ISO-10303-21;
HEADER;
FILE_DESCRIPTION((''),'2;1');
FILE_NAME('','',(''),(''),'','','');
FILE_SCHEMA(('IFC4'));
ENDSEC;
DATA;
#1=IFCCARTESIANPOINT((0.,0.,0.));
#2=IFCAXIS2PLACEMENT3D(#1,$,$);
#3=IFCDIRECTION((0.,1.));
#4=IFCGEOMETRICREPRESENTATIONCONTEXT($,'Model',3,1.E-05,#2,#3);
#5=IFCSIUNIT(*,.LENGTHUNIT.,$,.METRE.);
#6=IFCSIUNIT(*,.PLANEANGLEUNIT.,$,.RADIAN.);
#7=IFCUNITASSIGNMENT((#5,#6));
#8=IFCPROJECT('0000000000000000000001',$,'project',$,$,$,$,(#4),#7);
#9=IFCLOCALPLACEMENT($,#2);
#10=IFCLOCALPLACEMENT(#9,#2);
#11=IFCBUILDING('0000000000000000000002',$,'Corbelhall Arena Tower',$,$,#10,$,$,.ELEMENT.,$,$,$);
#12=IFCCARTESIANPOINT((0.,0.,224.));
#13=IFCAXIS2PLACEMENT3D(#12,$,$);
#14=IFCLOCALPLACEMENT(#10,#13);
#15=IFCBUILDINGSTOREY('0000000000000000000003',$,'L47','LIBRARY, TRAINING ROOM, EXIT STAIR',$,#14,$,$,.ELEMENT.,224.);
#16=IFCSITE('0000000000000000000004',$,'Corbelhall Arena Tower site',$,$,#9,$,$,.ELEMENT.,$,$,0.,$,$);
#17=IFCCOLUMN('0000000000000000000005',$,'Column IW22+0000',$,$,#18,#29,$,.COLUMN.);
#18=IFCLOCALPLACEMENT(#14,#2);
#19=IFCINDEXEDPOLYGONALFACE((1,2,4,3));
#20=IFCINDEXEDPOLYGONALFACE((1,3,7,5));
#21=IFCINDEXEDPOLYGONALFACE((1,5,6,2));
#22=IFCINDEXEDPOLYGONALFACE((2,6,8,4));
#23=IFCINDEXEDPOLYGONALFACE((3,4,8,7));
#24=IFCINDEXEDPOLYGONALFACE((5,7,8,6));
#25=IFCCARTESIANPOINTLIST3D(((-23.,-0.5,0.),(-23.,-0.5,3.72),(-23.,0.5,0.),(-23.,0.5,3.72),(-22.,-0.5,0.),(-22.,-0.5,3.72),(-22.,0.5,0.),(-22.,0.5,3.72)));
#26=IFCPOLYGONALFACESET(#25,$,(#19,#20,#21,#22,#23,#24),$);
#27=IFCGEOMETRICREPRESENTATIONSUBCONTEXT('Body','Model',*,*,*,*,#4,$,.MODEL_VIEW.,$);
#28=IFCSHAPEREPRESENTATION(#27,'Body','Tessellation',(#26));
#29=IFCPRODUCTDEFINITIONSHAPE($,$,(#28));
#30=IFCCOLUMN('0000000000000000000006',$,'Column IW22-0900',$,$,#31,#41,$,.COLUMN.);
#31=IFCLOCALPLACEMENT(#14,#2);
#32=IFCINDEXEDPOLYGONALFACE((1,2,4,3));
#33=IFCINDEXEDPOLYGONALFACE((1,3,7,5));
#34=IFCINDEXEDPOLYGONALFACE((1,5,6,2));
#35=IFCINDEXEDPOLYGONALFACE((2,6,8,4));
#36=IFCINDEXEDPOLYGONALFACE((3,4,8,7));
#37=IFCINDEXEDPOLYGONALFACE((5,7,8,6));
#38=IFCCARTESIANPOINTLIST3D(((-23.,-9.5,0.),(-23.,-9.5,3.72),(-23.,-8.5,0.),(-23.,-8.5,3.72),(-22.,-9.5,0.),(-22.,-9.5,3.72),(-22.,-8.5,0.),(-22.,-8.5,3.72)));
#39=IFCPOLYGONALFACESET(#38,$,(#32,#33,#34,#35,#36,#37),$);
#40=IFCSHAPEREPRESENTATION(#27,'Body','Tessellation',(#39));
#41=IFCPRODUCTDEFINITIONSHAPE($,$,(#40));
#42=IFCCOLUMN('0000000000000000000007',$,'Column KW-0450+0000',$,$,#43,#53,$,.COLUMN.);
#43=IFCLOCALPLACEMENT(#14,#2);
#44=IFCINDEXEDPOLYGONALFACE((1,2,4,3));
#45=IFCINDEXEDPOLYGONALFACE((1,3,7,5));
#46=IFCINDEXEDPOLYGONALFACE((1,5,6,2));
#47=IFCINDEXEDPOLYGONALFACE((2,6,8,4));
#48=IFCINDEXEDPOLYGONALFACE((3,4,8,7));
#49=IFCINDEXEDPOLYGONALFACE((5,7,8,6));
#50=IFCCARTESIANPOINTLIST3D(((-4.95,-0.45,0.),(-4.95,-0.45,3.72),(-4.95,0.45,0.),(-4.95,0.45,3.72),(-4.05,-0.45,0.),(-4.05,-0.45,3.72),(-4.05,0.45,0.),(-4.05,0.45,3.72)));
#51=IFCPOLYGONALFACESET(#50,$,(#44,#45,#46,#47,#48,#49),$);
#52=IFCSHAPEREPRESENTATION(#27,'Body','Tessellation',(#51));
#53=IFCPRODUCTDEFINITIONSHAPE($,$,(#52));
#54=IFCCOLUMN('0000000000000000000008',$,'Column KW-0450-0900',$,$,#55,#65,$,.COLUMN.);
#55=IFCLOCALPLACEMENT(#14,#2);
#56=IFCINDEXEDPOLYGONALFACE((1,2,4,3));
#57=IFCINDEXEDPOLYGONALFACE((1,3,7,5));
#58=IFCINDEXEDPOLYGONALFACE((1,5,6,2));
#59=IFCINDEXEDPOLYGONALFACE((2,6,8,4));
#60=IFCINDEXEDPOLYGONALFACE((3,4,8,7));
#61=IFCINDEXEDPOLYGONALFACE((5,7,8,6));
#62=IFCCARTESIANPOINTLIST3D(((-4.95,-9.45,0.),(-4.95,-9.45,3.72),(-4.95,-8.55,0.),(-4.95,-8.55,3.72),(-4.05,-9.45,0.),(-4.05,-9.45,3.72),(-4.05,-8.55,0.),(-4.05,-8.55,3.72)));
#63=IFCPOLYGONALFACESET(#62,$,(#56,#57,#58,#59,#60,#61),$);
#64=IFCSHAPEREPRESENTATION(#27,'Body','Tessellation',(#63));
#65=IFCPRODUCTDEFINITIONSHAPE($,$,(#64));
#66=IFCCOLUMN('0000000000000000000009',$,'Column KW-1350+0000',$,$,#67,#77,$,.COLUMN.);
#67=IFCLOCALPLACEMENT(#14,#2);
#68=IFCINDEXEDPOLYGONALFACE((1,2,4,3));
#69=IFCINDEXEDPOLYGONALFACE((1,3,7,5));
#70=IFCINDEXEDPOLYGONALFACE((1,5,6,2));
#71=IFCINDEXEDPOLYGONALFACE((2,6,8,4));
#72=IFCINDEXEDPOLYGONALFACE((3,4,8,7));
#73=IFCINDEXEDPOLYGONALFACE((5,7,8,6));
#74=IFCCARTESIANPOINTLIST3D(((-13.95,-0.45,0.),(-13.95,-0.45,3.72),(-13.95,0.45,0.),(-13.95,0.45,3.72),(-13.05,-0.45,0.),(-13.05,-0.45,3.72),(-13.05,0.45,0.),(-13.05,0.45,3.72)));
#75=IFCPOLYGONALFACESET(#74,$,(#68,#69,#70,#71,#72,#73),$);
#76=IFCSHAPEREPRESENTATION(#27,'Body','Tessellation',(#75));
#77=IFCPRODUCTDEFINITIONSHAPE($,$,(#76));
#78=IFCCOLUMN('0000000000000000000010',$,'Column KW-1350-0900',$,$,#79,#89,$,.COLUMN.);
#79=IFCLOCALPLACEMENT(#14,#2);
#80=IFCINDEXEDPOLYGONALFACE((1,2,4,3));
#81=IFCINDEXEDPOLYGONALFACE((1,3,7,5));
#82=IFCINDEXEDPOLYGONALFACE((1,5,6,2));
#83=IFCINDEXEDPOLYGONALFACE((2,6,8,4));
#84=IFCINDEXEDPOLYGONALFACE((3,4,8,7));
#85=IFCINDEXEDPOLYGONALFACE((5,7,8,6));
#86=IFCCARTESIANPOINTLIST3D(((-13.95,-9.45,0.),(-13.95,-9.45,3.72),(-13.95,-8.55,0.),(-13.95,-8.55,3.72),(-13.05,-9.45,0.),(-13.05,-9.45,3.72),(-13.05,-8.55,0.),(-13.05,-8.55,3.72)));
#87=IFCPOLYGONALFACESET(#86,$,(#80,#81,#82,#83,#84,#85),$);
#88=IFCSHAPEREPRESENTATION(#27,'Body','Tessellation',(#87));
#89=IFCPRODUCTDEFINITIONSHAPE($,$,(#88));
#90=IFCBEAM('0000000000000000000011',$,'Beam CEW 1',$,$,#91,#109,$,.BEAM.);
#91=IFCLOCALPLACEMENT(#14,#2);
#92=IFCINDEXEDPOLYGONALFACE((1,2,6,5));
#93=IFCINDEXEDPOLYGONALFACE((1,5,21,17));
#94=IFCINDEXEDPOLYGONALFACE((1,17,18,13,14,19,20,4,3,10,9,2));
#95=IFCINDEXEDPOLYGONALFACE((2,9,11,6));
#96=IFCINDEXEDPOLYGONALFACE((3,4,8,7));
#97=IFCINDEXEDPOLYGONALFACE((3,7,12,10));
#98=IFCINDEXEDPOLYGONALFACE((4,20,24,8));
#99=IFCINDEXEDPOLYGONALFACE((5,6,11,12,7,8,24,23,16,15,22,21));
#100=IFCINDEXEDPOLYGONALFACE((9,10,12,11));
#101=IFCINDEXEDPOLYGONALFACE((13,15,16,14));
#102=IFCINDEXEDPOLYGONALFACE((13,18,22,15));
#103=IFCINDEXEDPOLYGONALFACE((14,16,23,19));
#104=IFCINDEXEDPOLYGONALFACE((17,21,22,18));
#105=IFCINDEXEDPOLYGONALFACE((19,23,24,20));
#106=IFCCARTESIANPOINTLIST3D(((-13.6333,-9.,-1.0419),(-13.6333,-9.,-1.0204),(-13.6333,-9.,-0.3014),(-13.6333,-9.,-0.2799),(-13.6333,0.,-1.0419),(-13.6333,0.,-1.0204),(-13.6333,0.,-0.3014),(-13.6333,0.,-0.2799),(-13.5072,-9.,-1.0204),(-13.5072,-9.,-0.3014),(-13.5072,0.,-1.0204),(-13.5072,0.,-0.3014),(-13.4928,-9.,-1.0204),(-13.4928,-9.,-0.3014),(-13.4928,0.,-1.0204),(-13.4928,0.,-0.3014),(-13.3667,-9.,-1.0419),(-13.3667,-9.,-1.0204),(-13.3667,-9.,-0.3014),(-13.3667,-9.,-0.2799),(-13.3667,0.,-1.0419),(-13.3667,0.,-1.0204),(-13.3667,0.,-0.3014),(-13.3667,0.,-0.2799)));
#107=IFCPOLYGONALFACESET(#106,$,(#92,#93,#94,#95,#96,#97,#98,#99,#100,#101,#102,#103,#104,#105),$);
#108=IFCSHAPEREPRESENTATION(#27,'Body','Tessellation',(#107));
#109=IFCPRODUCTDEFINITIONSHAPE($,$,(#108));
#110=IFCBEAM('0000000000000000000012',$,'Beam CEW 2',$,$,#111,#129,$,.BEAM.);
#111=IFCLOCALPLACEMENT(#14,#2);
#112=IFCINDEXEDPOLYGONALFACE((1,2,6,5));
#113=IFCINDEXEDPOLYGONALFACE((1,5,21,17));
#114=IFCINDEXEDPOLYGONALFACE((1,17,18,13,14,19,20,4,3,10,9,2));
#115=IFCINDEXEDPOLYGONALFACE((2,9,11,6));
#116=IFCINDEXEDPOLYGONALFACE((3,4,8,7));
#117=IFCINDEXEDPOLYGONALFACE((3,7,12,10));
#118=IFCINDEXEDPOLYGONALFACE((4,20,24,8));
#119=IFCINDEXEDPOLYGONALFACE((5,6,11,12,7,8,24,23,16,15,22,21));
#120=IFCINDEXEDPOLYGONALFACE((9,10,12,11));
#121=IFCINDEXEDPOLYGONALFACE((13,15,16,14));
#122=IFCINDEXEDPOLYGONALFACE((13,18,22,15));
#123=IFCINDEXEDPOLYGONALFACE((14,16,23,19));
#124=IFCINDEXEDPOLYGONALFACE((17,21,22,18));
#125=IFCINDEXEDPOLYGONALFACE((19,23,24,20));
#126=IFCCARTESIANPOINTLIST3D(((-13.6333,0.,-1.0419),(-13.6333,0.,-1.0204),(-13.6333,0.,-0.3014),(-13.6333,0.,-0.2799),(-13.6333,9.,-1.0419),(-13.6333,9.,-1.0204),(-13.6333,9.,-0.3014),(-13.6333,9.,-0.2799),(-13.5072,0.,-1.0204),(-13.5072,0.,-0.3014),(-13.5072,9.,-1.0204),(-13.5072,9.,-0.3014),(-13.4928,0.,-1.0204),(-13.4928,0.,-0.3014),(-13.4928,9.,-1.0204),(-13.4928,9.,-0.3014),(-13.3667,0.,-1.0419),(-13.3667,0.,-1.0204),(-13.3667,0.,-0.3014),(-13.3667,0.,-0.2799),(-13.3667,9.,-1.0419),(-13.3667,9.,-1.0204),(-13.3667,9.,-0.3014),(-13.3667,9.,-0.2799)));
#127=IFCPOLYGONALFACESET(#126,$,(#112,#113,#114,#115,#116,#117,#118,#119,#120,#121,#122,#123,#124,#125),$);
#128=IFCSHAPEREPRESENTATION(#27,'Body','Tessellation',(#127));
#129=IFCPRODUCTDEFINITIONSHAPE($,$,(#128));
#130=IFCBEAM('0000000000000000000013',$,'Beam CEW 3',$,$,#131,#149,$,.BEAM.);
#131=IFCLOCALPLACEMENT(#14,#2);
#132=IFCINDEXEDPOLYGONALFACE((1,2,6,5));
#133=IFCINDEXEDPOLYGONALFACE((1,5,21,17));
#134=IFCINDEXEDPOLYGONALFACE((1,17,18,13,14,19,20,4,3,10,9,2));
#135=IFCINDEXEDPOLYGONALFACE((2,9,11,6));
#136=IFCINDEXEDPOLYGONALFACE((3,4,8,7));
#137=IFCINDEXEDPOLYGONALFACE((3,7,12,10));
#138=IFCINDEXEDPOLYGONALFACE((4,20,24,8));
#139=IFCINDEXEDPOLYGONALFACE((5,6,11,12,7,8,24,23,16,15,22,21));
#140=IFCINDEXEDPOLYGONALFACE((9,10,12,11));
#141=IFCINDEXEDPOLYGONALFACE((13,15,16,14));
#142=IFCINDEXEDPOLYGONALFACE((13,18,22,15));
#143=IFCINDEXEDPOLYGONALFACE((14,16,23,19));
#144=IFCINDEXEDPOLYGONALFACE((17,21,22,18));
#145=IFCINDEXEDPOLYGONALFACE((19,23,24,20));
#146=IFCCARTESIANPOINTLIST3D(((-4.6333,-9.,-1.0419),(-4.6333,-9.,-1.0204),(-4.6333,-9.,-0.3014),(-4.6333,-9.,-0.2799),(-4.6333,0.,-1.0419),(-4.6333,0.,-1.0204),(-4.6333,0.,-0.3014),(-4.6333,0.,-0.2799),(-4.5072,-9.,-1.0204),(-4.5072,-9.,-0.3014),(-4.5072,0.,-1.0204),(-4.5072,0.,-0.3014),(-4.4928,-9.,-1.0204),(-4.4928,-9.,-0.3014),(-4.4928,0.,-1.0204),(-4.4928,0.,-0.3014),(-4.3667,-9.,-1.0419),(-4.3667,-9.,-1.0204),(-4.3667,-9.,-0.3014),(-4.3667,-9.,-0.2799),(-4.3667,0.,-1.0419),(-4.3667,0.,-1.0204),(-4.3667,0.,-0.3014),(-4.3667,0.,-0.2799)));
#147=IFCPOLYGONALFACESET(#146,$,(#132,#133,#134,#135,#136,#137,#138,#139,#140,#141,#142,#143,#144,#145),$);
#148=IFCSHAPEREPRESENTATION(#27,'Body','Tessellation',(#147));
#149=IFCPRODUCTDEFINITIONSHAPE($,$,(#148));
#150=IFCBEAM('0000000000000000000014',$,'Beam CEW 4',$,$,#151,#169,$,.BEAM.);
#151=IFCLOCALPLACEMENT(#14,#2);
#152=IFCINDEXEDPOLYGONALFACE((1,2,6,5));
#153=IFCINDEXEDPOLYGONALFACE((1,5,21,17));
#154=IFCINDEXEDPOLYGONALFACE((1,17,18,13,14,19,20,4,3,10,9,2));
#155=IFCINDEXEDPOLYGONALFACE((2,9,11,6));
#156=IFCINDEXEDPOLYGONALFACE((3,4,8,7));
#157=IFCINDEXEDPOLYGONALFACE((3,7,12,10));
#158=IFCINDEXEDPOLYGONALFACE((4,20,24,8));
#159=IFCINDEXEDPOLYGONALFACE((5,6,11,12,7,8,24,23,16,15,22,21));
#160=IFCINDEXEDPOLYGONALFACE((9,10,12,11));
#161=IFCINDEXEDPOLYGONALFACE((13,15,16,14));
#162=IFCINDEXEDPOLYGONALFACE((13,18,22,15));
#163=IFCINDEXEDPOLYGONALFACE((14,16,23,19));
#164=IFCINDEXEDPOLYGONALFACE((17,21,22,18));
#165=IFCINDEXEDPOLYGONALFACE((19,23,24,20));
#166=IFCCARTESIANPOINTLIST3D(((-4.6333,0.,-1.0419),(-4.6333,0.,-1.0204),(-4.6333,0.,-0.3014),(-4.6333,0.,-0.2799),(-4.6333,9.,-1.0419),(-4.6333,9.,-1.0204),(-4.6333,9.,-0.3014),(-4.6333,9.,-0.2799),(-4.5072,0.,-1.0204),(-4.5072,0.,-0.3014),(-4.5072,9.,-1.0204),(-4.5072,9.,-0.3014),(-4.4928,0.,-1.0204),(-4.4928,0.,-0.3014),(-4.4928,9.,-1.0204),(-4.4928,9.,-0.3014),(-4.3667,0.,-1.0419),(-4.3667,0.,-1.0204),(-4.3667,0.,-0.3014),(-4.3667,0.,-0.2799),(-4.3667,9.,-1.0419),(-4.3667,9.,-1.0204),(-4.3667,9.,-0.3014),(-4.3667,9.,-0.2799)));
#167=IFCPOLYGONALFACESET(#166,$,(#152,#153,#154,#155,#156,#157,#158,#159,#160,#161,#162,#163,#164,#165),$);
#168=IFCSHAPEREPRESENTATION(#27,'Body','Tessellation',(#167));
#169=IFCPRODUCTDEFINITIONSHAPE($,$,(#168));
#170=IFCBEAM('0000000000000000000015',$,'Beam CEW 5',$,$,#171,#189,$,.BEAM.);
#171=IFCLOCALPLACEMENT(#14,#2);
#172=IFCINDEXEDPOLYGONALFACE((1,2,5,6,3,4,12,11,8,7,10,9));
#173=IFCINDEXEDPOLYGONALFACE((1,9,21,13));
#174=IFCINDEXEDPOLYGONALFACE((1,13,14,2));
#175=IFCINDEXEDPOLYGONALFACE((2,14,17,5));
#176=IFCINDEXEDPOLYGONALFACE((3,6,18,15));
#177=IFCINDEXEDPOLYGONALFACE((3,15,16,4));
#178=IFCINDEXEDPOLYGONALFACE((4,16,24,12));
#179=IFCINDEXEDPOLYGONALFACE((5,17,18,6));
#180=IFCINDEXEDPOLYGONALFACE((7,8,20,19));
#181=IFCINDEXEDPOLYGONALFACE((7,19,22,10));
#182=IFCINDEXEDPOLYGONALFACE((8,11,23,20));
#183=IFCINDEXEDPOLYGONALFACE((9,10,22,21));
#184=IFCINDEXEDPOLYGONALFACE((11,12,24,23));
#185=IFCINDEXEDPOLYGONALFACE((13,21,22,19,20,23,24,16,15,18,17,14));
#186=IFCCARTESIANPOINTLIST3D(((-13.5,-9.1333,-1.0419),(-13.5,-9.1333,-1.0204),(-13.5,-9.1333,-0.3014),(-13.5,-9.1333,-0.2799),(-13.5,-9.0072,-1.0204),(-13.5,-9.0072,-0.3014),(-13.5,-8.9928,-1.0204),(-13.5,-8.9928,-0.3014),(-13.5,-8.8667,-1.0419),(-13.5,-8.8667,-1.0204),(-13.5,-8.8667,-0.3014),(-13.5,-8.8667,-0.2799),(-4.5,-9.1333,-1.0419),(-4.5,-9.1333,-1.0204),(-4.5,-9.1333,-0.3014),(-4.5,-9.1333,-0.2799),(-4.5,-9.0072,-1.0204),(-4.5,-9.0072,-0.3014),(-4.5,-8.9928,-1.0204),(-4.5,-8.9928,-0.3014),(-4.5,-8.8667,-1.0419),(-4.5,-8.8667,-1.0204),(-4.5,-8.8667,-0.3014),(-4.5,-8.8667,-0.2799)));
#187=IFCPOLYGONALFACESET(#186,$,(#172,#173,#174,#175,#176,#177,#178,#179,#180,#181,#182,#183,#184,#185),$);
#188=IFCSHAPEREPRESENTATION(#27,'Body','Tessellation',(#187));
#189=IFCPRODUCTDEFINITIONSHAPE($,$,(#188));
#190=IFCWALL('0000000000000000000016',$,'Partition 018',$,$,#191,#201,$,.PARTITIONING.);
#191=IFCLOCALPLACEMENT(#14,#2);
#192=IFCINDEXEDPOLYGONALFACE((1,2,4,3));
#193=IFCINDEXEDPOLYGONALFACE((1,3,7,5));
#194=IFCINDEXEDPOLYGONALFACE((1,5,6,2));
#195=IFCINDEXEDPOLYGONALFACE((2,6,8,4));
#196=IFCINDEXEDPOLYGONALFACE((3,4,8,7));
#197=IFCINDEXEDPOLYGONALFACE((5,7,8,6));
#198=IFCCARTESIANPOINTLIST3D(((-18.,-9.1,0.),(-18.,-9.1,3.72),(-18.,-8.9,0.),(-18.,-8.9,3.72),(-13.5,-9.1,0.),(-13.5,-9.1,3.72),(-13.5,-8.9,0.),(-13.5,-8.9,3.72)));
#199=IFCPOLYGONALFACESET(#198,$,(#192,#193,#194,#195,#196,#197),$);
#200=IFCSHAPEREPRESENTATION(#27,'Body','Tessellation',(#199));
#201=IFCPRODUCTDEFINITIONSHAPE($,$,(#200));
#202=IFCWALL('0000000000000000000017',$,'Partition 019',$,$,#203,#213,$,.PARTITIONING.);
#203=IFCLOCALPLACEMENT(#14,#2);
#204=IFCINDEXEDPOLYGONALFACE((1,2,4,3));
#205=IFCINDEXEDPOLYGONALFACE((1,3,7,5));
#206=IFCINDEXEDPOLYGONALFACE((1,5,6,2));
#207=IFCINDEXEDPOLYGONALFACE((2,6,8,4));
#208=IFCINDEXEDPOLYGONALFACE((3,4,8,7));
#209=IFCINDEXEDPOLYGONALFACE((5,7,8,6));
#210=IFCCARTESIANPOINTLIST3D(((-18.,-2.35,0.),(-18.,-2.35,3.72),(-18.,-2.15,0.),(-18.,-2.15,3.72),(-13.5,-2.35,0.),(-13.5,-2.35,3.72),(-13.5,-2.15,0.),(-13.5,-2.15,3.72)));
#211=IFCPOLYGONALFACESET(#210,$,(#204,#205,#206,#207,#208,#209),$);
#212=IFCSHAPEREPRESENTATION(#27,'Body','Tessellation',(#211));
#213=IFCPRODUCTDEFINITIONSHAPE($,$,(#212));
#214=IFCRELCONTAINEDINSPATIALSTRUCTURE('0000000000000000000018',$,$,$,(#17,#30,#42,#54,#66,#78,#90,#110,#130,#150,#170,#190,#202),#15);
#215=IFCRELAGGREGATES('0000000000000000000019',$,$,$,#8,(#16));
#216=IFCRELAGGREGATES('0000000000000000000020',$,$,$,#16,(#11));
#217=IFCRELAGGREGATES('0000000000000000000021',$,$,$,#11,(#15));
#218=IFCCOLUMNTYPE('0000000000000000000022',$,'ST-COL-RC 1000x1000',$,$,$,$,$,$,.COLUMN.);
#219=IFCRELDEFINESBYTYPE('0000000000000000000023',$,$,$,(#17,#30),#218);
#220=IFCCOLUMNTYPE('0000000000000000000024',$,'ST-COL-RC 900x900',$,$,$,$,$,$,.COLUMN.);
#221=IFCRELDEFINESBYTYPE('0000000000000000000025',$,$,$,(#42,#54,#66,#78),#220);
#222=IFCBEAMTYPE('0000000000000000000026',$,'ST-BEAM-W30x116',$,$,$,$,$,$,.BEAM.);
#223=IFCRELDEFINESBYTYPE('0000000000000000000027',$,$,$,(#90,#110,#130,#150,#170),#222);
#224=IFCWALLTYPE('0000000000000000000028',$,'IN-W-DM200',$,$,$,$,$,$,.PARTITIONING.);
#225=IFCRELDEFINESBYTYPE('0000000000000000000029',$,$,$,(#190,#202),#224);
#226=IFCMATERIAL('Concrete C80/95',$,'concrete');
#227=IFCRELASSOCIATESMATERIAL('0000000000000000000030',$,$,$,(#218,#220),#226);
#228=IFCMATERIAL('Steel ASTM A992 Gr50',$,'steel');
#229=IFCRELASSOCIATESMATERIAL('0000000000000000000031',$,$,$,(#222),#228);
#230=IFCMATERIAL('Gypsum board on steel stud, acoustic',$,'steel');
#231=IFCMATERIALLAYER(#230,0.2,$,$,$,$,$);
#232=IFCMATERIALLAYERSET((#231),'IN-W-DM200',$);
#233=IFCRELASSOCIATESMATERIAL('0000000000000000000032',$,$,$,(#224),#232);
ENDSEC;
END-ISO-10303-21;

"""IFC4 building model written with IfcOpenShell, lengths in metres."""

from ifc_helpers import new_model, si_unit, direction, frame, frame_2d, origin, origin_2d, place, context, subcontext, project, spatial, rectangle, i_section, extrude, material, layer, layer_set, material_profile, profile_set, type_object, element, save


model = new_model("IFC4")

# Units and contexts
model_context = context("Model", 3, precision=1e-05, world=origin(), true_north=direction((0.0, 1.0)))
body_context = subcontext(model_context, "Body", "Model", "MODEL_VIEW")
ifc_project = project(units=[si_unit("LENGTHUNIT", "METRE"), si_unit("PLANEANGLEUNIT", "RADIAN")], contexts=[model_context])

# Site, building, storey
site_placement = place(None, origin())
site = spatial("IfcSite", under=ifc_project, at=site_placement, Name="Corbelhall Arena Tower site", CompositionType="ELEMENT", RefElevation=0.0)
building_placement = place(site_placement, origin())
building = spatial("IfcBuilding", under=site, at=building_placement, Name="Corbelhall Arena Tower", CompositionType="ELEMENT")
storey_placement = place(building_placement, frame((0.0, 0.0, 224.0)))
storey = spatial("IfcBuildingStorey", under=building, at=storey_placement, Name="L47", Description="LIBRARY, TRAINING ROOM, EXIT STAIR", CompositionType="ELEMENT", Elevation=224.0)

# Columns
ifc_material_1 = material(Name="Concrete C80/95", Category="concrete")
ifc_material_profile_1 = material_profile(ifc_material_1, rectangle(XDim=1.0, YDim=1.0, at=origin_2d()))
ifc_profile_set_1 = profile_set([ifc_material_profile_1], Name="Concrete C80/95")
column_type_1 = type_object("IfcColumnType", Name="ST-COL-RC 1000x1000", PredefinedType="COLUMN", material=ifc_profile_set_1)
for number, where, z_axis, x_axis, name in (
    (1, (-22.5, 0.0, 0.0), (0.0, 0.0, 1.0), (1.0, 0.0, 0.0), "Column IW22+0000"),
    (2, (-22.5, -9.0, 0.0), (0.0, 0.0, 1.0), (1.0, 0.0, 0.0), "Column IW22-0900"),
):
    element("IfcColumn", number, at=place(storey_placement, frame(where, z_axis=z_axis, x_axis=x_axis)), inside=storey, type_object=column_type_1, Name=name, PredefinedType="COLUMN", context=body_context, shape_type="SweptSolid", body=[
        extrude(rectangle(XDim=1.0, YDim=1.0, at=origin_2d()), origin(), (0.0, 0.0, 1.0), 3.72),
    ])
ifc_material_profile_2 = material_profile(ifc_material_1, rectangle(XDim=0.8999, YDim=0.8999, at=origin_2d()))
ifc_profile_set_2 = profile_set([ifc_material_profile_2], Name="Concrete C80/95")
column_type_2 = type_object("IfcColumnType", Name="ST-COL-RC 900x900", PredefinedType="COLUMN", material=ifc_profile_set_2)
for number, where, z_axis, x_axis, name in (
    (3, (-4.5, 0.0, 0.0), (0.0, 0.0, 1.0), (1.0, 0.0, 0.0), "Column KW-0450+0000"),
    (4, (-4.5, -9.0, 0.0), (0.0, 0.0, 1.0), (1.0, 0.0, 0.0), "Column KW-0450-0900"),
    (5, (-13.5, 0.0, 0.0), (0.0, 0.0, 1.0), (1.0, 0.0, 0.0), "Column KW-1350+0000"),
    (6, (-13.5, -9.0, 0.0), (0.0, 0.0, 1.0), (1.0, 0.0, 0.0), "Column KW-1350-0900"),
):
    element("IfcColumn", number, at=place(storey_placement, frame(where, z_axis=z_axis, x_axis=x_axis)), inside=storey, type_object=column_type_2, Name=name, PredefinedType="COLUMN", context=body_context, shape_type="SweptSolid", body=[
        extrude(rectangle(XDim=0.8999, YDim=0.8999, at=origin_2d()), origin(), (0.0, 0.0, 1.0), 3.72),
    ])

# Beams
ifc_material_2 = material(Name="Steel ASTM A992 Gr50", Category="steel")
ifc_material_profile_3 = material_profile(ifc_material_2, i_section(OverallWidth=0.2666, OverallDepth=0.762, WebThickness=0.0144, FlangeThickness=0.0215, at=origin_2d()))
ifc_profile_set_3 = profile_set([ifc_material_profile_3], Name="Steel ASTM A992 Gr50")
beam_type = type_object("IfcBeamType", Name="ST-BEAM-W30x116", PredefinedType="BEAM", material=ifc_profile_set_3)
for number, where, z_axis, x_axis, name in (
    (7, (-13.5, -9.0, -0.6609), (0.0, 1.0, 0.0), (-1.0, 0.0, 0.0), "Beam CEW 1"),
    (8, (-13.5, 0.0, -0.6609), (0.0, 1.0, 0.0), (-1.0, 0.0, 0.0), "Beam CEW 2"),
    (9, (-4.5, -9.0, -0.6609), (0.0, 1.0, 0.0), (-1.0, 0.0, 0.0), "Beam CEW 3"),
    (10, (-4.5, 0.0, -0.6609), (0.0, 1.0, 0.0), (-1.0, 0.0, 0.0), "Beam CEW 4"),
    (11, (-13.5, -9.0, -0.6609), (1.0, 0.0, 0.0), (0.0, 1.0, 0.0), "Beam CEW 5"),
):
    element("IfcBeam", number, at=place(storey_placement, frame(where, z_axis=z_axis, x_axis=x_axis)), inside=storey, type_object=beam_type, Name=name, PredefinedType="BEAM", context=body_context, shape_type="SweptSolid", body=[
        extrude(i_section(OverallWidth=0.2666, OverallDepth=0.762, WebThickness=0.0144, FlangeThickness=0.0215, at=origin_2d()), origin(), (0.0, 0.0, 1.0), 9.0),
    ])

# Walls
ifc_material_3 = material(Name="Gypsum board on steel stud, acoustic", Category="steel")
ifc_layer_1 = layer(ifc_material_3, 0.2)
ifc_layer_set_1 = layer_set([ifc_layer_1], Name="IN-W-DM200")
wall_type_1 = type_object("IfcWallType", Name="IN-W-DM200", PredefinedType="PARTITIONING", material=ifc_layer_set_1)
for number, where, z_axis, x_axis, name in (
    (12, (-18.0, -9.0, 0.0), (0.0, 0.0, 1.0), (1.0, 0.0, 0.0), "Partition 018"),
    (13, (-18.0, -2.25, 0.0), (0.0, 0.0, 1.0), (1.0, 0.0, 0.0), "Partition 019"),
):
    element("IfcWall", number, at=place(storey_placement, frame(where, z_axis=z_axis, x_axis=x_axis)), inside=storey, type_object=wall_type_1, Name=name, PredefinedType="PARTITIONING", context=body_context, shape_type="SweptSolid", body=[
        extrude(rectangle(XDim=4.5, YDim=0.2, at=frame_2d((2.25, 0.0))), origin(), (0.0, 0.0, 1.0), 3.72),
    ])

save(model, "model.ifc")
